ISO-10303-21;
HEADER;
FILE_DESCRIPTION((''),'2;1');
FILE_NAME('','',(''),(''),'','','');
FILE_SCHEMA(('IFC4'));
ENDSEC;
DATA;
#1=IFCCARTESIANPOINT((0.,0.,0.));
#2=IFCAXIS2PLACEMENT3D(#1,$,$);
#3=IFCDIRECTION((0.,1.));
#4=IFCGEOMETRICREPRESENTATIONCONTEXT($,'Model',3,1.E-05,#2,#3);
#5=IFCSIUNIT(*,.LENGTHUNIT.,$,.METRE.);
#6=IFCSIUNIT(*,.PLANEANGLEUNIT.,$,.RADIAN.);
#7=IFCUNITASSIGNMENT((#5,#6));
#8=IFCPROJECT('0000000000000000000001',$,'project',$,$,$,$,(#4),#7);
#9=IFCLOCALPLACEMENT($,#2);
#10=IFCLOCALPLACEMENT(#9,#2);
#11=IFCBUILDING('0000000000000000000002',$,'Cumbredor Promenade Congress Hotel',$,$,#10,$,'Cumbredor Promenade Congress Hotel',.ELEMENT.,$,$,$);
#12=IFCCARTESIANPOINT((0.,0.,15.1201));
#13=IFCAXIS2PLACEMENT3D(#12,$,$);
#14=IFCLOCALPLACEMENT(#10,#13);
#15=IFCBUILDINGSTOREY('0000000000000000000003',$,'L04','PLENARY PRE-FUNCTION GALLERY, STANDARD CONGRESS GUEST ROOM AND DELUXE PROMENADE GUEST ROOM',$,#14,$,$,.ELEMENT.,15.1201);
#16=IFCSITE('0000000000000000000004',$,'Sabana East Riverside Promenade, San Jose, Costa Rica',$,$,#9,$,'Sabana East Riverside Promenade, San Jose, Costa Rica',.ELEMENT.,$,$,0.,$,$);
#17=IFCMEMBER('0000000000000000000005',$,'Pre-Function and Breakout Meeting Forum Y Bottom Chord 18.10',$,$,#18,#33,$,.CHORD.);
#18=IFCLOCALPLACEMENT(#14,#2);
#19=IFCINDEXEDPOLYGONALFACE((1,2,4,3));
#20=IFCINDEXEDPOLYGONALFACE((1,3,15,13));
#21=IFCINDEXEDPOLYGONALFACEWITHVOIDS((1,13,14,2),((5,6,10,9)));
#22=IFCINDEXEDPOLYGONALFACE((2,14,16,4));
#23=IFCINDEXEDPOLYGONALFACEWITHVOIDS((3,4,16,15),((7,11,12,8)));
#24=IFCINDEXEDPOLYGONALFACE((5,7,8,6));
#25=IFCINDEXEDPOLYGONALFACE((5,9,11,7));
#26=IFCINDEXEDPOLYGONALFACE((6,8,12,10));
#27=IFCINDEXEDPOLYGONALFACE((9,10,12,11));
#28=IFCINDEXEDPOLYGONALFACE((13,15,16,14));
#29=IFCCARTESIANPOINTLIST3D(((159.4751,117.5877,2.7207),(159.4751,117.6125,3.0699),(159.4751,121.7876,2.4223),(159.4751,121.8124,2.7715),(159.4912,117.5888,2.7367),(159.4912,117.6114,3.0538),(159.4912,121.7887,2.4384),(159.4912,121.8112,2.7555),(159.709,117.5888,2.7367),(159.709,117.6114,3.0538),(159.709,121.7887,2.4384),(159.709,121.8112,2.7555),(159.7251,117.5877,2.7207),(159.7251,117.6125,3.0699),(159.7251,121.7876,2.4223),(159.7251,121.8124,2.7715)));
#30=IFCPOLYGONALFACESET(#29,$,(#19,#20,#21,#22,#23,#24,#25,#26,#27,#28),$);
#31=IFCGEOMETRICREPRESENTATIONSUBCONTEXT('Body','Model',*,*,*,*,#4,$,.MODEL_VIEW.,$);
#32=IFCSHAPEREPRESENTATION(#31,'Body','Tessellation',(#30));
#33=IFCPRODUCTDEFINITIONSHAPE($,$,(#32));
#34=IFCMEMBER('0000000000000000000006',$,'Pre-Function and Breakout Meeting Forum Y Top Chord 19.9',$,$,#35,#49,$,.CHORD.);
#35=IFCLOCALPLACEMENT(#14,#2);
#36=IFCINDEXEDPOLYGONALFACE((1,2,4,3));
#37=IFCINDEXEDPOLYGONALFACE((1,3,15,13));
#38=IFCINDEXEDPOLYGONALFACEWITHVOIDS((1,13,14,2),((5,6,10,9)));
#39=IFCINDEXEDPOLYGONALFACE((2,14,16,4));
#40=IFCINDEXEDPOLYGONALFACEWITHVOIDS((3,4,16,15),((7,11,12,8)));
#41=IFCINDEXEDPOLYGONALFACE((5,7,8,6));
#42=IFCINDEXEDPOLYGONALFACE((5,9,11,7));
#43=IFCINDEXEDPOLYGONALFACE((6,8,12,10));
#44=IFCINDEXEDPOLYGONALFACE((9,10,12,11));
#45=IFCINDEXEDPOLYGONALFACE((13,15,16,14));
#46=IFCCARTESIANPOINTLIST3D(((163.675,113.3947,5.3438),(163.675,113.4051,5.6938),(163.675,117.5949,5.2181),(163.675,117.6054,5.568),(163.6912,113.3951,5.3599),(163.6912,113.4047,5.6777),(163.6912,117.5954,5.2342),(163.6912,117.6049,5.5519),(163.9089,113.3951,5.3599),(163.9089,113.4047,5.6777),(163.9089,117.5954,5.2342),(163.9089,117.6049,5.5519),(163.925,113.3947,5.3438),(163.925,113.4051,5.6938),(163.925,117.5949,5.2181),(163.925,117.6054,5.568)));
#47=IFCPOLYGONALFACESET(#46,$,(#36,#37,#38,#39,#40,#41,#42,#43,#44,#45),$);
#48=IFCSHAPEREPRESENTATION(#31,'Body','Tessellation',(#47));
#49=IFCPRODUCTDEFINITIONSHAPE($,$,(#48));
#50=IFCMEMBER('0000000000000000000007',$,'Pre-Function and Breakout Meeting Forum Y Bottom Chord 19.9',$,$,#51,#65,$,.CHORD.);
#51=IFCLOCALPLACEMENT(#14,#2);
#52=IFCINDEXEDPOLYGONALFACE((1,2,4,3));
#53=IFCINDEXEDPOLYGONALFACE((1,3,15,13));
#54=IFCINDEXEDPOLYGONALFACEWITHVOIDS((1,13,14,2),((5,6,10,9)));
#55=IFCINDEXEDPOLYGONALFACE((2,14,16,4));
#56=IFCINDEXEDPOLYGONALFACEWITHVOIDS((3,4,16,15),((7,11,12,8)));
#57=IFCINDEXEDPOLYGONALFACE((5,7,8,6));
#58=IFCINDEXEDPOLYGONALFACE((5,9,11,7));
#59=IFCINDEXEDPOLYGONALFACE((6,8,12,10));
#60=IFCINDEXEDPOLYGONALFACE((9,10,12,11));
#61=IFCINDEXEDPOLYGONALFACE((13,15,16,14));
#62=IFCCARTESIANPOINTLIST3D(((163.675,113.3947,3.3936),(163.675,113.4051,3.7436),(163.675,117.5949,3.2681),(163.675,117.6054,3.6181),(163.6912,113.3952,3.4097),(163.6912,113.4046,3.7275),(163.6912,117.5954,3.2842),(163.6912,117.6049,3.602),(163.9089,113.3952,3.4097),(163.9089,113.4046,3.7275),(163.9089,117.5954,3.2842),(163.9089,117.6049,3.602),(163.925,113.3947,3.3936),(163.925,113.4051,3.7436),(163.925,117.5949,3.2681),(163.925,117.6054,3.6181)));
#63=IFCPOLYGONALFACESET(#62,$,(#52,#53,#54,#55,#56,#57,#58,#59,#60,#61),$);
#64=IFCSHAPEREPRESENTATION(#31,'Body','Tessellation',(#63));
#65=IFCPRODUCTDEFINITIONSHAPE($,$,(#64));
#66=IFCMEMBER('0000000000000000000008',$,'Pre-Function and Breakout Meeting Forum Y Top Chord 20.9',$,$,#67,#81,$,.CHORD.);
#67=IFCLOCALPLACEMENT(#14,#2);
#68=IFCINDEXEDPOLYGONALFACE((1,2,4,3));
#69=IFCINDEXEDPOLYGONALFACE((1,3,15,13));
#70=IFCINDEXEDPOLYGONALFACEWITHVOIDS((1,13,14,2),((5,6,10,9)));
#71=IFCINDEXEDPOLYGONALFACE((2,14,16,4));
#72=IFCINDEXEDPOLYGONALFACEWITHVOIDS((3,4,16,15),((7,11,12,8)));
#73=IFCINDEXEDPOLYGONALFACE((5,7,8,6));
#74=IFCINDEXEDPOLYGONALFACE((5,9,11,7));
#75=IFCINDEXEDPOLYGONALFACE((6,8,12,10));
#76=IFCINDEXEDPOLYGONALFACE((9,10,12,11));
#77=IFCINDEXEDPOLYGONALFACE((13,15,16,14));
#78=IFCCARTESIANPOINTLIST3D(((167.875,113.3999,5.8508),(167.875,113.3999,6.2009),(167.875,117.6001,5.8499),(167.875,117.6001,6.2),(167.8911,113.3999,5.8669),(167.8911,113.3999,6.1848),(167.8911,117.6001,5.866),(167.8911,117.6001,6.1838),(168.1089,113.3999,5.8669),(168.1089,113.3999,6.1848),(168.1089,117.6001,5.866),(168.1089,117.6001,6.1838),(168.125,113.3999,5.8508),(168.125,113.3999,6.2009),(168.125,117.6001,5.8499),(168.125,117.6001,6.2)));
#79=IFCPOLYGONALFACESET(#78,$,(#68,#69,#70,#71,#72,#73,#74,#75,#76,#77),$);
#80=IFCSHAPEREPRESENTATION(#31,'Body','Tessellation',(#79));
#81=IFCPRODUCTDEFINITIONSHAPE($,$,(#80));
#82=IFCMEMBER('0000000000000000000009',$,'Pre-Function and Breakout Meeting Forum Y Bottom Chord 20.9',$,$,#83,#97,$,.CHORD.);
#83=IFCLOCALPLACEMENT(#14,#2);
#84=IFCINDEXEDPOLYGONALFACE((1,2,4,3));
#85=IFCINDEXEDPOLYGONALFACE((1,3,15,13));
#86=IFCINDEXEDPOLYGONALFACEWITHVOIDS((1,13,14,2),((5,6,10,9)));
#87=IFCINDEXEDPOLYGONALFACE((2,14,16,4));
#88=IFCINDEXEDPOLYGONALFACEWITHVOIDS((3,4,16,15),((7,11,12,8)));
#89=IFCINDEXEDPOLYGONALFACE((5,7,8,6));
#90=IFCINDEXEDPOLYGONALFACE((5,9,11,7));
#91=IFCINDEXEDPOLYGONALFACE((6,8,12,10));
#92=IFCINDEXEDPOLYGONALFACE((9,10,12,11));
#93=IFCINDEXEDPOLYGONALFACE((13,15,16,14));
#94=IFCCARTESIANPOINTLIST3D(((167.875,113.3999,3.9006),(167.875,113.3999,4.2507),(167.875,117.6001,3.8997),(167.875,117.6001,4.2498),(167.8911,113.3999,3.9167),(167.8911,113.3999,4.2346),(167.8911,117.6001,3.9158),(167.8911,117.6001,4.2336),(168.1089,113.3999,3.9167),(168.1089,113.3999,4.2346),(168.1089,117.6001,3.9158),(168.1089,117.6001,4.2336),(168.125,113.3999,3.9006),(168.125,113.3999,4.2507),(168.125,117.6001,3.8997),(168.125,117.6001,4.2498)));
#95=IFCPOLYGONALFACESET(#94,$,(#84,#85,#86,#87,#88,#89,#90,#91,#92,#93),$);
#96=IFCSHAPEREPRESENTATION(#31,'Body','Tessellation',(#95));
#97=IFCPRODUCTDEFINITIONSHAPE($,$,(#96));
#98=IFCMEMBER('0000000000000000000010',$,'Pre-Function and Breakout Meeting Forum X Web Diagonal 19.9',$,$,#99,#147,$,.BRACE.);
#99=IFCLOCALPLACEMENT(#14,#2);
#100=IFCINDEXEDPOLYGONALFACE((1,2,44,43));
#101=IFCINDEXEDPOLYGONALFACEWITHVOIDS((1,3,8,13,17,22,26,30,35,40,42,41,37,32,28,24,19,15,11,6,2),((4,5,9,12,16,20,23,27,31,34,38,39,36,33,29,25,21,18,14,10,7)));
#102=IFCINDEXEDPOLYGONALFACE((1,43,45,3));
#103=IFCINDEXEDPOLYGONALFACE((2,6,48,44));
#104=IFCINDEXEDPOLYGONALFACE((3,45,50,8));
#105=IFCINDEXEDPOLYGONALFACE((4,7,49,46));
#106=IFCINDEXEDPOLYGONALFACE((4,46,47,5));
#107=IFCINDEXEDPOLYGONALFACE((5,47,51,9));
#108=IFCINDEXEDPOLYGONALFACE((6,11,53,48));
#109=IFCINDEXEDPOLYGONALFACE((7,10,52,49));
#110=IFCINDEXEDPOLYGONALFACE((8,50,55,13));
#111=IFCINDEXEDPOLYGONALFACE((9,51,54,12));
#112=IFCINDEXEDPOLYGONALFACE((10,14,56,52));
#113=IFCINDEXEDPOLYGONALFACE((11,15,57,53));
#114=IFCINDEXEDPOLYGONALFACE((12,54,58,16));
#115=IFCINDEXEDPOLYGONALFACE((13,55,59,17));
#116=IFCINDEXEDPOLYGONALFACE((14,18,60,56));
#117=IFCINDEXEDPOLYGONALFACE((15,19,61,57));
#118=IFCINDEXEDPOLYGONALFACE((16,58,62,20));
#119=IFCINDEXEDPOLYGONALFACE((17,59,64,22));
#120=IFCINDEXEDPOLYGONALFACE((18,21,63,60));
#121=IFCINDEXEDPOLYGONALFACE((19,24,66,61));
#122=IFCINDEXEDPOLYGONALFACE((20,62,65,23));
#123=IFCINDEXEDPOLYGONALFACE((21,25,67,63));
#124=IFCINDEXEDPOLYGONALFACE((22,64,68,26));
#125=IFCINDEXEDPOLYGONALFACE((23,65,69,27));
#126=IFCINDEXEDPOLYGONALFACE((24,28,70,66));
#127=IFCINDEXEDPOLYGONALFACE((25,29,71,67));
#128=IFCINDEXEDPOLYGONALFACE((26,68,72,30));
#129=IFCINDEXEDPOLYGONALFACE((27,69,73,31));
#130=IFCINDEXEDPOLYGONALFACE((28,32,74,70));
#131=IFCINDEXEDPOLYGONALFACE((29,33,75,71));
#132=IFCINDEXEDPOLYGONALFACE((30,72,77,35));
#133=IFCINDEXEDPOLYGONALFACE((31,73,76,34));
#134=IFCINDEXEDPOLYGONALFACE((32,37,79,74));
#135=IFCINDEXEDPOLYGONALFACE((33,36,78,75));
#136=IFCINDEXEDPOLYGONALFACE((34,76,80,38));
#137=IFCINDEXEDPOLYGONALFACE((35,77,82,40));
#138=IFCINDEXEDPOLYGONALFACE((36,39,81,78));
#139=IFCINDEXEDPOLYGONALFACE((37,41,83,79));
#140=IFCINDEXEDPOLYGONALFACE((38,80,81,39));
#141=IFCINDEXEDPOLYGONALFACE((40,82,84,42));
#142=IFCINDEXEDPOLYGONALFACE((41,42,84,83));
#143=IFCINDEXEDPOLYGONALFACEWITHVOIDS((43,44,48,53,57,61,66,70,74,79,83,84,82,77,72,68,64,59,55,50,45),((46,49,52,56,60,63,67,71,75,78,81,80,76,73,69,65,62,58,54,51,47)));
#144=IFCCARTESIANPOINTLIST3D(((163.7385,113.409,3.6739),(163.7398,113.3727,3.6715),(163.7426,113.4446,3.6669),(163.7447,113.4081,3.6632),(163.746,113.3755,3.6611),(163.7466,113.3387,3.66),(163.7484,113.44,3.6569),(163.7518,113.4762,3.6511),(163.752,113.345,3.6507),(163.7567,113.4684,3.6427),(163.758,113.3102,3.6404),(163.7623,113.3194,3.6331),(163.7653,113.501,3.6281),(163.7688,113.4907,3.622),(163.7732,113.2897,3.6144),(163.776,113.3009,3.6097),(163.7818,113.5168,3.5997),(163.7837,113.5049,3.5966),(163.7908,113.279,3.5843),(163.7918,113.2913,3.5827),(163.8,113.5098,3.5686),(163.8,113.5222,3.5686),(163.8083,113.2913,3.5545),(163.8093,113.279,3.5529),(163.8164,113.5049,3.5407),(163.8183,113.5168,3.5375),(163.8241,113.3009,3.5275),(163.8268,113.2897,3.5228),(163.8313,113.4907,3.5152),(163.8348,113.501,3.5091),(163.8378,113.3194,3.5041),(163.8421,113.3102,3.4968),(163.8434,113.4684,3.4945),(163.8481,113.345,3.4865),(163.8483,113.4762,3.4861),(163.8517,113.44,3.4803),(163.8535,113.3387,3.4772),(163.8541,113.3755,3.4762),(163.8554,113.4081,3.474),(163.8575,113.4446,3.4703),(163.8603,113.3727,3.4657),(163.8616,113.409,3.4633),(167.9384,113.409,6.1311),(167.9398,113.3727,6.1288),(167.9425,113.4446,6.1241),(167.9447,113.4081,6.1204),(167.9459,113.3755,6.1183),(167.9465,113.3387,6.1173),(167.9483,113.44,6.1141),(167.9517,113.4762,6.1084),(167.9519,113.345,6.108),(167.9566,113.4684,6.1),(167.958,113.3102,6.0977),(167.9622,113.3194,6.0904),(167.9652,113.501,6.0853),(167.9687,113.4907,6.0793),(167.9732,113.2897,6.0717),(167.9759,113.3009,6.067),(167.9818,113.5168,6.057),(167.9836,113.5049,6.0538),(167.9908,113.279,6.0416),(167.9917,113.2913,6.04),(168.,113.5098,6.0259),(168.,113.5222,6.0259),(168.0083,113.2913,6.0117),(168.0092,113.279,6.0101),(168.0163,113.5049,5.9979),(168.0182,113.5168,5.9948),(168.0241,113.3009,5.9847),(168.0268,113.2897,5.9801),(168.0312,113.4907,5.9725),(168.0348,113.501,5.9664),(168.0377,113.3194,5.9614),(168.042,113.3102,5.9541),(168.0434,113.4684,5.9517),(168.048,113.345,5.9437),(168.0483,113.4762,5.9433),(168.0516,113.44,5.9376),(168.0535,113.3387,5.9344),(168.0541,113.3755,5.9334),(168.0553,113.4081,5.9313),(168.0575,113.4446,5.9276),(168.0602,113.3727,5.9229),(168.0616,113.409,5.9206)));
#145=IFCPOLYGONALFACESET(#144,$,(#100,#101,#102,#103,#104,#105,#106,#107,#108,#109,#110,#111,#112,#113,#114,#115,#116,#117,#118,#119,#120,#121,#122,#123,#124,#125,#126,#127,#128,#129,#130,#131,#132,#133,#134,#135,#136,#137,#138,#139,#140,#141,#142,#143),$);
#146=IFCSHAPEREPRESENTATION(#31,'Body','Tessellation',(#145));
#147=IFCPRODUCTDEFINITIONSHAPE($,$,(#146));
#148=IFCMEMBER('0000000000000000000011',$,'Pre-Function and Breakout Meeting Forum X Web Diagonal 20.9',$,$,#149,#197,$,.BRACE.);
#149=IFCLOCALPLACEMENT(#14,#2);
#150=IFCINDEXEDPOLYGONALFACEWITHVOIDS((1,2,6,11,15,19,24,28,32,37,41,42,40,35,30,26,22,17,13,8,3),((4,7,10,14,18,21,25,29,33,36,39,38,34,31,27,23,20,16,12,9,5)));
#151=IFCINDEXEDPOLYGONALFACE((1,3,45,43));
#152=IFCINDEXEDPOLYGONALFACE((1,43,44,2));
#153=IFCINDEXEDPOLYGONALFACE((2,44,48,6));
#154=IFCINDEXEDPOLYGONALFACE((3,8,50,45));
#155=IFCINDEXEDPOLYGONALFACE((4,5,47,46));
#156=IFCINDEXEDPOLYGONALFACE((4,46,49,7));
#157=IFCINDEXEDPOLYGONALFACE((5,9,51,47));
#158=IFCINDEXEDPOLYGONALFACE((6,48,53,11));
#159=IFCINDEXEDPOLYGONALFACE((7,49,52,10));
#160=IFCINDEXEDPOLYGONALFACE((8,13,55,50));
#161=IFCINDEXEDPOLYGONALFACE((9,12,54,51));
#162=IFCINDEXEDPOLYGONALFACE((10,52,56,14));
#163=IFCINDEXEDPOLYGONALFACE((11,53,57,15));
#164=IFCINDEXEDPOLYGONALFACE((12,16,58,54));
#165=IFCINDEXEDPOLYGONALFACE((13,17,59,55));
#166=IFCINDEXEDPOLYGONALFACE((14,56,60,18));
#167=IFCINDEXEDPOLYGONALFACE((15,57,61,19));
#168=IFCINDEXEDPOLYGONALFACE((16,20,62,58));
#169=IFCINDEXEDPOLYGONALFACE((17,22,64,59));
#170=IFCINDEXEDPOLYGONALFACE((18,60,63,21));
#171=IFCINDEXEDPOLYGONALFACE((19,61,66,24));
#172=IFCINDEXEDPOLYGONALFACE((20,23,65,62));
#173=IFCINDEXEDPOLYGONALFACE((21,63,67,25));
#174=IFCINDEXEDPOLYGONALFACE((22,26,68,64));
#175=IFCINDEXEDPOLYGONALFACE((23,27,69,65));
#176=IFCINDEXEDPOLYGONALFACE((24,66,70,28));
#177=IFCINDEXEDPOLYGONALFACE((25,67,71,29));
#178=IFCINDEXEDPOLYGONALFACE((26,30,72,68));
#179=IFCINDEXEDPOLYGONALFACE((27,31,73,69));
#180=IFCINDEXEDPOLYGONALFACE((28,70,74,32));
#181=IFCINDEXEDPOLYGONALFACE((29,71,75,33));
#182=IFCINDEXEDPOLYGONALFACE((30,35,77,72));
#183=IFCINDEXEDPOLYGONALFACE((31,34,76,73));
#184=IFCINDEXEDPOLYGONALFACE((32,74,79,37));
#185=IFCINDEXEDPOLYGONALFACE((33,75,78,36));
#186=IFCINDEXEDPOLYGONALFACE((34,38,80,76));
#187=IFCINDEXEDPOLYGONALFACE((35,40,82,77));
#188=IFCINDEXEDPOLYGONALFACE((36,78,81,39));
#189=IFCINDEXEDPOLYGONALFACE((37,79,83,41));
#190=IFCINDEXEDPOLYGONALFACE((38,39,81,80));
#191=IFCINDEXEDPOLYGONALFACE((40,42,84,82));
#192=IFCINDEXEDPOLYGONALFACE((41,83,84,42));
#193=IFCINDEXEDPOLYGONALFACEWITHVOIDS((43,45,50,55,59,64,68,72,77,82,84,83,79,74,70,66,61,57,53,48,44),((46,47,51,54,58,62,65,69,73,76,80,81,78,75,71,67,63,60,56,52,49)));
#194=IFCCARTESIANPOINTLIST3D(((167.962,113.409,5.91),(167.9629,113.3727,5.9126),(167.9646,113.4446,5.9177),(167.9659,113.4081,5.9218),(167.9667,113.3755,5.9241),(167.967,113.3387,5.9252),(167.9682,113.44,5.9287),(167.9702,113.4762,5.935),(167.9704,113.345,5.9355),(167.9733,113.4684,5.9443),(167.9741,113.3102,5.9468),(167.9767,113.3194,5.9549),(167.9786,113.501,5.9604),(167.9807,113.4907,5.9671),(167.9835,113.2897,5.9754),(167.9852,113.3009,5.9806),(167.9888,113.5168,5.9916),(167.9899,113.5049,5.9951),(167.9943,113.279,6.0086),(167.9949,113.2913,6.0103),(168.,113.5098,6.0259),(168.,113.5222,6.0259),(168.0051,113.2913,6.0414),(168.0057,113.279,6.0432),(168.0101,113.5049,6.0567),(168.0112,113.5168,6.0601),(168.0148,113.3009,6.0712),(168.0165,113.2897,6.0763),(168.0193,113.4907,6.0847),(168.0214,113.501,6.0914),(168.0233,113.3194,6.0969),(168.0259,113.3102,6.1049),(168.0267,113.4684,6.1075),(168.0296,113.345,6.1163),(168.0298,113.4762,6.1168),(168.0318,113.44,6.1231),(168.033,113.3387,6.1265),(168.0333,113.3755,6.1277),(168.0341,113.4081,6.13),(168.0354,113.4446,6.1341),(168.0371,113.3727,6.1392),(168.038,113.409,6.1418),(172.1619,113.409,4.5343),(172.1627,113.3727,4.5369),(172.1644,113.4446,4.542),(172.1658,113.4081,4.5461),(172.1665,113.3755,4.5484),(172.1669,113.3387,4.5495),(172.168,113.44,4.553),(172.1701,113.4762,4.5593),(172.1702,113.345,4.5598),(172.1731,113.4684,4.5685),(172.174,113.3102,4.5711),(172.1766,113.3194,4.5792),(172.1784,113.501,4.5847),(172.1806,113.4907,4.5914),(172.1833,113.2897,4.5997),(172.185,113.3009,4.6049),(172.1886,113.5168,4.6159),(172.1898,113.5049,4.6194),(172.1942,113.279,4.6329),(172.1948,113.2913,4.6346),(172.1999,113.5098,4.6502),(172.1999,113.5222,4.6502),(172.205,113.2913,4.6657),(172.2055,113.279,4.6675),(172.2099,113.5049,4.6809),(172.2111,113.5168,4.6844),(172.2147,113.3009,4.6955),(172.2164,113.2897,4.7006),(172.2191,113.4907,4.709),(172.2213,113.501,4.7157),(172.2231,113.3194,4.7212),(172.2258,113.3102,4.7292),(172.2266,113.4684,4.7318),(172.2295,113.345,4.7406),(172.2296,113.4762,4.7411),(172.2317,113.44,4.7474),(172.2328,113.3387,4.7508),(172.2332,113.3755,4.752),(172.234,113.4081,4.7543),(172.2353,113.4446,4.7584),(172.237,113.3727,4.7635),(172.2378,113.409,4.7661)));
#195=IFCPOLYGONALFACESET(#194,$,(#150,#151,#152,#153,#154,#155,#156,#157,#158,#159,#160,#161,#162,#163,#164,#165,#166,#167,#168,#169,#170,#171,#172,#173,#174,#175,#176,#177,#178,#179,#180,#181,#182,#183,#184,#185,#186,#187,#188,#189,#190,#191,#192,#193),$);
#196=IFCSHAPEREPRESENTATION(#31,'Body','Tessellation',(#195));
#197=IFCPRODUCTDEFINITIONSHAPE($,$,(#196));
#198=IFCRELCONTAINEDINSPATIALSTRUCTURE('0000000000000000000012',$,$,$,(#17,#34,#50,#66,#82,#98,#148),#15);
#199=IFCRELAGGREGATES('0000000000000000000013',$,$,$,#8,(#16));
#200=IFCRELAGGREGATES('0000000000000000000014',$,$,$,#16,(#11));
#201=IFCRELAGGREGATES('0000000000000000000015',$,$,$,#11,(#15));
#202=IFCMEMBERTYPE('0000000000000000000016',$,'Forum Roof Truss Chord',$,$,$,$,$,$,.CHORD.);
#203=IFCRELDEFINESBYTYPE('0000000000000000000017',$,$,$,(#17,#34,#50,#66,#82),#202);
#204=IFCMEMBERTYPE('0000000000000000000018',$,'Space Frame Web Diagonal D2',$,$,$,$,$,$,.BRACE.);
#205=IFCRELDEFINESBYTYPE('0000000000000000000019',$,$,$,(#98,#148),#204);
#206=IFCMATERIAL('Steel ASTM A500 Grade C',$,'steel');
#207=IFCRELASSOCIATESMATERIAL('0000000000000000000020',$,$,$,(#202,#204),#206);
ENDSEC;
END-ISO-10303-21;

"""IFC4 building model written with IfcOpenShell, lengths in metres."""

from ifc_helpers import new_model, si_unit, direction, frame, origin, origin_2d, place, context, subcontext, project, spatial, hollow_rectangle, hollow_circle, extrude, material, material_profile, profile_set, type_object, element, save


model = new_model("IFC4")

# Units and contexts
model_context = context("Model", 3, precision=1e-05, world=origin(), true_north=direction((0.0, 1.0)))
body_context = subcontext(model_context, "Body", "Model", "MODEL_VIEW")
ifc_project = project(units=[si_unit("LENGTHUNIT", "METRE"), si_unit("PLANEANGLEUNIT", "RADIAN")], contexts=[model_context])

# Site, building, storey
site_placement = place(None, origin())
site = spatial("IfcSite", under=ifc_project, at=site_placement, Name="Sabana East Riverside Promenade, San Jose, Costa Rica", LongName="Sabana East Riverside Promenade, San Jose, Costa Rica", CompositionType="ELEMENT", RefElevation=0.0)
building_placement = place(site_placement, origin())
building = spatial("IfcBuilding", under=site, at=building_placement, Name="Cumbredor Promenade Congress Hotel", LongName="Cumbredor Promenade Congress Hotel", CompositionType="ELEMENT")
storey_placement = place(building_placement, frame((0.0, 0.0, 15.1201)))
storey = spatial("IfcBuildingStorey", under=building, at=storey_placement, Name="L04", Description="PLENARY PRE-FUNCTION GALLERY, STANDARD CONGRESS GUEST ROOM AND DELUXE PROMENADE GUEST ROOM", CompositionType="ELEMENT", Elevation=15.1201)

# Members
ifc_material_1 = material(Name="Steel ASTM A500 Grade C", Category="steel")
ifc_material_profile_1 = material_profile(ifc_material_1, hollow_rectangle(XDim=0.25, YDim=0.3501, WallThickness=0.0161, at=origin_2d()), Name="HSS 350x250x16")
ifc_profile_set_1 = profile_set([ifc_material_profile_1], Name="Steel ASTM A500 Grade C")
member_type_1 = type_object("IfcMemberType", Name="Forum Roof Truss Chord", PredefinedType="CHORD", material=ifc_profile_set_1)
member_1_placement = place(storey_placement, frame((159.6001, 117.6001, 2.8953), z_axis=(0.0, 0.997487, -0.070856), x_axis=(-1.0, 0.0, 0.0)))
element("IfcMember", 1, at=member_1_placement, inside=storey, type_object=member_type_1, Name="Pre-Function and Breakout Meeting Forum Y Bottom Chord 18.10", PredefinedType="CHORD", context=body_context, shape_type="SweptSolid", body=[
    extrude(hollow_rectangle(XDim=0.25, YDim=0.3501, WallThickness=0.0161, at=origin_2d()), origin(), (0.0, 0.0, 1.0), 4.2104),
])
for number, where, z_axis, x_axis, name in (
    (2, (163.8, 113.3999, 5.5188), (0.0, 0.999552, -0.029921), (-1.0, 0.0, 0.0), "Pre-Function and Breakout Meeting Forum Y Top Chord 19.9"),
    (3, (163.8, 113.3999, 3.5686), (0.0, 0.999554, -0.029863), (-1.0, 0.0, 0.0), "Pre-Function and Breakout Meeting Forum Y Bottom Chord 19.9"),
):
    element("IfcMember", number, at=place(storey_placement, frame(where, z_axis=z_axis, x_axis=x_axis)), inside=storey, type_object=member_type_1, Name=name, PredefinedType="CHORD", context=body_context, shape_type="SweptSolid", body=[
        extrude(hollow_rectangle(XDim=0.25, YDim=0.3501, WallThickness=0.0161, at=origin_2d()), origin(), (0.0, 0.0, 1.0), 4.2021),
    ])
for number, where, z_axis, x_axis, name in (
    (4, (168.0, 113.3999, 6.0259), (0.0, 1.0, -0.000233), (-1.0, 0.0, 0.0), "Pre-Function and Breakout Meeting Forum Y Top Chord 20.9"),
    (5, (168.0, 113.3999, 4.0757), (0.0, 1.0, -0.000233), (-1.0, 0.0, 0.0), "Pre-Function and Breakout Meeting Forum Y Bottom Chord 20.9"),
):
    element("IfcMember", number, at=place(storey_placement, frame(where, z_axis=z_axis, x_axis=x_axis)), inside=storey, type_object=member_type_1, Name=name, PredefinedType="CHORD", context=body_context, shape_type="SweptSolid", body=[
        extrude(hollow_rectangle(XDim=0.25, YDim=0.3501, WallThickness=0.0161, at=origin_2d()), origin(), (0.0, 0.0, 1.0), 4.2002),
    ])
ifc_material_profile_2 = material_profile(ifc_material_1, hollow_circle(Radius=0.1223, WallThickness=0.0125, at=origin_2d()), Name="CHS 244.5x12.5")
ifc_profile_set_2 = profile_set([ifc_material_profile_2], Name="Steel ASTM A500 Grade C")
member_type_2 = type_object("IfcMemberType", Name="Space Frame Web Diagonal D2", PredefinedType="BRACE", material=ifc_profile_set_2)
member_2_placement = place(storey_placement, frame((163.8, 113.3999, 3.5686), z_axis=(0.863125, 0.0, 0.504991), x_axis=(0.0, 1.0, 0.0)))
element("IfcMember", 6, at=member_2_placement, inside=storey, type_object=member_type_2, Name="Pre-Function and Breakout Meeting Forum X Web Diagonal 19.9", PredefinedType="BRACE", context=body_context, shape_type="SweptSolid", body=[
    extrude(hollow_circle(Radius=0.1223, WallThickness=0.0125, at=origin_2d()), origin(), (0.0, 0.0, 1.0), 4.866),
])
member_3_placement = place(storey_placement, frame((168.0, 113.3999, 6.0259), z_axis=(0.950317, 0.0, -0.311285), x_axis=(0.0, 1.0, 0.0)))
element("IfcMember", 7, at=member_3_placement, inside=storey, type_object=member_type_2, Name="Pre-Function and Breakout Meeting Forum X Web Diagonal 20.9", PredefinedType="BRACE", context=body_context, shape_type="SweptSolid", body=[
    extrude(hollow_circle(Radius=0.1223, WallThickness=0.0125, at=origin_2d()), origin(), (0.0, 0.0, 1.0), 4.4194),
])

save(model, "model.ifc")
